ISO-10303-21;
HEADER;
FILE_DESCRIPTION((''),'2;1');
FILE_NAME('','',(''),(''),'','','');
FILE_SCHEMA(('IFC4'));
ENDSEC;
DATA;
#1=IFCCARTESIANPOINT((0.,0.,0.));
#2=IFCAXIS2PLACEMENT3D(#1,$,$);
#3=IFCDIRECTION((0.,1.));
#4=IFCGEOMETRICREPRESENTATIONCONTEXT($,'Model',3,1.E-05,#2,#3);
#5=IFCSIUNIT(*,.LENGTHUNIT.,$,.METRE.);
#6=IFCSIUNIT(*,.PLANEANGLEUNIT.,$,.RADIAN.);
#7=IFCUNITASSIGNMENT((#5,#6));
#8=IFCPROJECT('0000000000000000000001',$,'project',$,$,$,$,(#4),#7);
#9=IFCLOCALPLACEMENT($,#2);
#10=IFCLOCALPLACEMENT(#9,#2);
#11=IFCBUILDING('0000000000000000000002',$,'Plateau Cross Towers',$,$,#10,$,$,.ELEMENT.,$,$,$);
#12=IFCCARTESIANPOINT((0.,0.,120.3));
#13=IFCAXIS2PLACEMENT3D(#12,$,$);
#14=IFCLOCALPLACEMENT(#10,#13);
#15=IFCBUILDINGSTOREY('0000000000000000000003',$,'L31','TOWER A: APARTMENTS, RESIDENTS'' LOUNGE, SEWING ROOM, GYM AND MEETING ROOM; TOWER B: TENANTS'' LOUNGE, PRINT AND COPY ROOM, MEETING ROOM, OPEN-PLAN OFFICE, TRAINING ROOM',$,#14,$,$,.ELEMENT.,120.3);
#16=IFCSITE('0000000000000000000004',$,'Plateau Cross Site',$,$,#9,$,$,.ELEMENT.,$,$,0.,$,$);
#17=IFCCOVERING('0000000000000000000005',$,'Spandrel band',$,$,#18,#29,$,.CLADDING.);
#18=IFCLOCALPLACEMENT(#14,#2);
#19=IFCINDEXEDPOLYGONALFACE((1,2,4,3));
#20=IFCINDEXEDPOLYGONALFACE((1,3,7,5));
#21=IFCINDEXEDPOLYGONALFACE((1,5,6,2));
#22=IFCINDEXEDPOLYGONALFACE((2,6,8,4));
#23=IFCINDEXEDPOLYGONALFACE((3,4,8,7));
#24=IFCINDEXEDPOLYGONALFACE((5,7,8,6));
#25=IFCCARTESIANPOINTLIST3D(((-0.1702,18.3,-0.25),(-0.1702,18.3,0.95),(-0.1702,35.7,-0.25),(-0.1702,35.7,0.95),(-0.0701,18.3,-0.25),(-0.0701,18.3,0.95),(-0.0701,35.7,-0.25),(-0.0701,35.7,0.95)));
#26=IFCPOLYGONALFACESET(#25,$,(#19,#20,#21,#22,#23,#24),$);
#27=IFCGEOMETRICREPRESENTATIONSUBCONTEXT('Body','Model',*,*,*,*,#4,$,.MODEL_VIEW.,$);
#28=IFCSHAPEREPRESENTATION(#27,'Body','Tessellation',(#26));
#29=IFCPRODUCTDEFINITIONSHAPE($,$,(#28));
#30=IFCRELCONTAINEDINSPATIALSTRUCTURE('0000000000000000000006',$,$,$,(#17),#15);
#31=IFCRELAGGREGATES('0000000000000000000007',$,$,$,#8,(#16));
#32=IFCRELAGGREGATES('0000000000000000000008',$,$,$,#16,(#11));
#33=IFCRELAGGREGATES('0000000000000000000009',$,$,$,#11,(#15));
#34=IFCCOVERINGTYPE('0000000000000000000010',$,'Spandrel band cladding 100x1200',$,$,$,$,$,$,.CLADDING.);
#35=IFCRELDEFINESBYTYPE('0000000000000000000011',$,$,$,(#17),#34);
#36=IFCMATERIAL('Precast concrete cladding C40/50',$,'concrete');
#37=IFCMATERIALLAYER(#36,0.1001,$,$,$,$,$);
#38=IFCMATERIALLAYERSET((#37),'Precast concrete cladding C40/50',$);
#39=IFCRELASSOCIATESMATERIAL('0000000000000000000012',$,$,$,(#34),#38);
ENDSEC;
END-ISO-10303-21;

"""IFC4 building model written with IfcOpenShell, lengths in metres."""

from ifc_helpers import new_model, si_unit, direction, frame, origin, origin_2d, place, context, subcontext, project, spatial, rectangle, extrude, material, layer, layer_set, type_object, element, save


model = new_model("IFC4")

# Units and contexts
model_context = context("Model", 3, precision=1e-05, world=origin(), true_north=direction((0.0, 1.0)))
body_context = subcontext(model_context, "Body", "Model", "MODEL_VIEW")
ifc_project = project(units=[si_unit("LENGTHUNIT", "METRE"), si_unit("PLANEANGLEUNIT", "RADIAN")], contexts=[model_context])

# Site, building, storey
site_placement = place(None, origin())
site = spatial("IfcSite", under=ifc_project, at=site_placement, Name="Plateau Cross Site", CompositionType="ELEMENT", RefElevation=0.0)
building_placement = place(site_placement, origin())
building = spatial("IfcBuilding", under=site, at=building_placement, Name="Plateau Cross Towers", CompositionType="ELEMENT")
storey_placement = place(building_placement, frame((0.0, 0.0, 120.3)))
storey = spatial("IfcBuildingStorey", under=building, at=storey_placement, Name="L31", Description="TOWER A: APARTMENTS, RESIDENTS' LOUNGE, SEWING ROOM, GYM AND MEETING ROOM; TOWER B: TENANTS' LOUNGE, PRINT AND COPY ROOM, MEETING ROOM, OPEN-PLAN OFFICE, TRAINING ROOM", CompositionType="ELEMENT", Elevation=120.3)

# Covering
ifc_material_1 = material(Name="Precast concrete cladding C40/50", Category="concrete")
ifc_layer_1 = layer(ifc_material_1, 0.1001)
ifc_layer_set_1 = layer_set([ifc_layer_1], Name="Precast concrete cladding C40/50")
covering_type = type_object("IfcCoveringType", Name="Spandrel band cladding 100x1200", PredefinedType="CLADDING", material=ifc_layer_set_1)
covering_1_placement = place(storey_placement, frame((-0.1201, 27.0, -0.25), z_axis=(0.0, 0.0, 1.0), x_axis=(0.0, -1.0, 0.0)))
element("IfcCovering", 1, at=covering_1_placement, inside=storey, type_object=covering_type, Name="Spandrel band", PredefinedType="CLADDING", context=body_context, shape_type="SweptSolid", body=[
    extrude(rectangle(XDim=17.3999, YDim=0.1001, at=origin_2d()), origin(), (0.0, 0.0, 1.0), 1.2),
])

save(model, "model.ifc")
